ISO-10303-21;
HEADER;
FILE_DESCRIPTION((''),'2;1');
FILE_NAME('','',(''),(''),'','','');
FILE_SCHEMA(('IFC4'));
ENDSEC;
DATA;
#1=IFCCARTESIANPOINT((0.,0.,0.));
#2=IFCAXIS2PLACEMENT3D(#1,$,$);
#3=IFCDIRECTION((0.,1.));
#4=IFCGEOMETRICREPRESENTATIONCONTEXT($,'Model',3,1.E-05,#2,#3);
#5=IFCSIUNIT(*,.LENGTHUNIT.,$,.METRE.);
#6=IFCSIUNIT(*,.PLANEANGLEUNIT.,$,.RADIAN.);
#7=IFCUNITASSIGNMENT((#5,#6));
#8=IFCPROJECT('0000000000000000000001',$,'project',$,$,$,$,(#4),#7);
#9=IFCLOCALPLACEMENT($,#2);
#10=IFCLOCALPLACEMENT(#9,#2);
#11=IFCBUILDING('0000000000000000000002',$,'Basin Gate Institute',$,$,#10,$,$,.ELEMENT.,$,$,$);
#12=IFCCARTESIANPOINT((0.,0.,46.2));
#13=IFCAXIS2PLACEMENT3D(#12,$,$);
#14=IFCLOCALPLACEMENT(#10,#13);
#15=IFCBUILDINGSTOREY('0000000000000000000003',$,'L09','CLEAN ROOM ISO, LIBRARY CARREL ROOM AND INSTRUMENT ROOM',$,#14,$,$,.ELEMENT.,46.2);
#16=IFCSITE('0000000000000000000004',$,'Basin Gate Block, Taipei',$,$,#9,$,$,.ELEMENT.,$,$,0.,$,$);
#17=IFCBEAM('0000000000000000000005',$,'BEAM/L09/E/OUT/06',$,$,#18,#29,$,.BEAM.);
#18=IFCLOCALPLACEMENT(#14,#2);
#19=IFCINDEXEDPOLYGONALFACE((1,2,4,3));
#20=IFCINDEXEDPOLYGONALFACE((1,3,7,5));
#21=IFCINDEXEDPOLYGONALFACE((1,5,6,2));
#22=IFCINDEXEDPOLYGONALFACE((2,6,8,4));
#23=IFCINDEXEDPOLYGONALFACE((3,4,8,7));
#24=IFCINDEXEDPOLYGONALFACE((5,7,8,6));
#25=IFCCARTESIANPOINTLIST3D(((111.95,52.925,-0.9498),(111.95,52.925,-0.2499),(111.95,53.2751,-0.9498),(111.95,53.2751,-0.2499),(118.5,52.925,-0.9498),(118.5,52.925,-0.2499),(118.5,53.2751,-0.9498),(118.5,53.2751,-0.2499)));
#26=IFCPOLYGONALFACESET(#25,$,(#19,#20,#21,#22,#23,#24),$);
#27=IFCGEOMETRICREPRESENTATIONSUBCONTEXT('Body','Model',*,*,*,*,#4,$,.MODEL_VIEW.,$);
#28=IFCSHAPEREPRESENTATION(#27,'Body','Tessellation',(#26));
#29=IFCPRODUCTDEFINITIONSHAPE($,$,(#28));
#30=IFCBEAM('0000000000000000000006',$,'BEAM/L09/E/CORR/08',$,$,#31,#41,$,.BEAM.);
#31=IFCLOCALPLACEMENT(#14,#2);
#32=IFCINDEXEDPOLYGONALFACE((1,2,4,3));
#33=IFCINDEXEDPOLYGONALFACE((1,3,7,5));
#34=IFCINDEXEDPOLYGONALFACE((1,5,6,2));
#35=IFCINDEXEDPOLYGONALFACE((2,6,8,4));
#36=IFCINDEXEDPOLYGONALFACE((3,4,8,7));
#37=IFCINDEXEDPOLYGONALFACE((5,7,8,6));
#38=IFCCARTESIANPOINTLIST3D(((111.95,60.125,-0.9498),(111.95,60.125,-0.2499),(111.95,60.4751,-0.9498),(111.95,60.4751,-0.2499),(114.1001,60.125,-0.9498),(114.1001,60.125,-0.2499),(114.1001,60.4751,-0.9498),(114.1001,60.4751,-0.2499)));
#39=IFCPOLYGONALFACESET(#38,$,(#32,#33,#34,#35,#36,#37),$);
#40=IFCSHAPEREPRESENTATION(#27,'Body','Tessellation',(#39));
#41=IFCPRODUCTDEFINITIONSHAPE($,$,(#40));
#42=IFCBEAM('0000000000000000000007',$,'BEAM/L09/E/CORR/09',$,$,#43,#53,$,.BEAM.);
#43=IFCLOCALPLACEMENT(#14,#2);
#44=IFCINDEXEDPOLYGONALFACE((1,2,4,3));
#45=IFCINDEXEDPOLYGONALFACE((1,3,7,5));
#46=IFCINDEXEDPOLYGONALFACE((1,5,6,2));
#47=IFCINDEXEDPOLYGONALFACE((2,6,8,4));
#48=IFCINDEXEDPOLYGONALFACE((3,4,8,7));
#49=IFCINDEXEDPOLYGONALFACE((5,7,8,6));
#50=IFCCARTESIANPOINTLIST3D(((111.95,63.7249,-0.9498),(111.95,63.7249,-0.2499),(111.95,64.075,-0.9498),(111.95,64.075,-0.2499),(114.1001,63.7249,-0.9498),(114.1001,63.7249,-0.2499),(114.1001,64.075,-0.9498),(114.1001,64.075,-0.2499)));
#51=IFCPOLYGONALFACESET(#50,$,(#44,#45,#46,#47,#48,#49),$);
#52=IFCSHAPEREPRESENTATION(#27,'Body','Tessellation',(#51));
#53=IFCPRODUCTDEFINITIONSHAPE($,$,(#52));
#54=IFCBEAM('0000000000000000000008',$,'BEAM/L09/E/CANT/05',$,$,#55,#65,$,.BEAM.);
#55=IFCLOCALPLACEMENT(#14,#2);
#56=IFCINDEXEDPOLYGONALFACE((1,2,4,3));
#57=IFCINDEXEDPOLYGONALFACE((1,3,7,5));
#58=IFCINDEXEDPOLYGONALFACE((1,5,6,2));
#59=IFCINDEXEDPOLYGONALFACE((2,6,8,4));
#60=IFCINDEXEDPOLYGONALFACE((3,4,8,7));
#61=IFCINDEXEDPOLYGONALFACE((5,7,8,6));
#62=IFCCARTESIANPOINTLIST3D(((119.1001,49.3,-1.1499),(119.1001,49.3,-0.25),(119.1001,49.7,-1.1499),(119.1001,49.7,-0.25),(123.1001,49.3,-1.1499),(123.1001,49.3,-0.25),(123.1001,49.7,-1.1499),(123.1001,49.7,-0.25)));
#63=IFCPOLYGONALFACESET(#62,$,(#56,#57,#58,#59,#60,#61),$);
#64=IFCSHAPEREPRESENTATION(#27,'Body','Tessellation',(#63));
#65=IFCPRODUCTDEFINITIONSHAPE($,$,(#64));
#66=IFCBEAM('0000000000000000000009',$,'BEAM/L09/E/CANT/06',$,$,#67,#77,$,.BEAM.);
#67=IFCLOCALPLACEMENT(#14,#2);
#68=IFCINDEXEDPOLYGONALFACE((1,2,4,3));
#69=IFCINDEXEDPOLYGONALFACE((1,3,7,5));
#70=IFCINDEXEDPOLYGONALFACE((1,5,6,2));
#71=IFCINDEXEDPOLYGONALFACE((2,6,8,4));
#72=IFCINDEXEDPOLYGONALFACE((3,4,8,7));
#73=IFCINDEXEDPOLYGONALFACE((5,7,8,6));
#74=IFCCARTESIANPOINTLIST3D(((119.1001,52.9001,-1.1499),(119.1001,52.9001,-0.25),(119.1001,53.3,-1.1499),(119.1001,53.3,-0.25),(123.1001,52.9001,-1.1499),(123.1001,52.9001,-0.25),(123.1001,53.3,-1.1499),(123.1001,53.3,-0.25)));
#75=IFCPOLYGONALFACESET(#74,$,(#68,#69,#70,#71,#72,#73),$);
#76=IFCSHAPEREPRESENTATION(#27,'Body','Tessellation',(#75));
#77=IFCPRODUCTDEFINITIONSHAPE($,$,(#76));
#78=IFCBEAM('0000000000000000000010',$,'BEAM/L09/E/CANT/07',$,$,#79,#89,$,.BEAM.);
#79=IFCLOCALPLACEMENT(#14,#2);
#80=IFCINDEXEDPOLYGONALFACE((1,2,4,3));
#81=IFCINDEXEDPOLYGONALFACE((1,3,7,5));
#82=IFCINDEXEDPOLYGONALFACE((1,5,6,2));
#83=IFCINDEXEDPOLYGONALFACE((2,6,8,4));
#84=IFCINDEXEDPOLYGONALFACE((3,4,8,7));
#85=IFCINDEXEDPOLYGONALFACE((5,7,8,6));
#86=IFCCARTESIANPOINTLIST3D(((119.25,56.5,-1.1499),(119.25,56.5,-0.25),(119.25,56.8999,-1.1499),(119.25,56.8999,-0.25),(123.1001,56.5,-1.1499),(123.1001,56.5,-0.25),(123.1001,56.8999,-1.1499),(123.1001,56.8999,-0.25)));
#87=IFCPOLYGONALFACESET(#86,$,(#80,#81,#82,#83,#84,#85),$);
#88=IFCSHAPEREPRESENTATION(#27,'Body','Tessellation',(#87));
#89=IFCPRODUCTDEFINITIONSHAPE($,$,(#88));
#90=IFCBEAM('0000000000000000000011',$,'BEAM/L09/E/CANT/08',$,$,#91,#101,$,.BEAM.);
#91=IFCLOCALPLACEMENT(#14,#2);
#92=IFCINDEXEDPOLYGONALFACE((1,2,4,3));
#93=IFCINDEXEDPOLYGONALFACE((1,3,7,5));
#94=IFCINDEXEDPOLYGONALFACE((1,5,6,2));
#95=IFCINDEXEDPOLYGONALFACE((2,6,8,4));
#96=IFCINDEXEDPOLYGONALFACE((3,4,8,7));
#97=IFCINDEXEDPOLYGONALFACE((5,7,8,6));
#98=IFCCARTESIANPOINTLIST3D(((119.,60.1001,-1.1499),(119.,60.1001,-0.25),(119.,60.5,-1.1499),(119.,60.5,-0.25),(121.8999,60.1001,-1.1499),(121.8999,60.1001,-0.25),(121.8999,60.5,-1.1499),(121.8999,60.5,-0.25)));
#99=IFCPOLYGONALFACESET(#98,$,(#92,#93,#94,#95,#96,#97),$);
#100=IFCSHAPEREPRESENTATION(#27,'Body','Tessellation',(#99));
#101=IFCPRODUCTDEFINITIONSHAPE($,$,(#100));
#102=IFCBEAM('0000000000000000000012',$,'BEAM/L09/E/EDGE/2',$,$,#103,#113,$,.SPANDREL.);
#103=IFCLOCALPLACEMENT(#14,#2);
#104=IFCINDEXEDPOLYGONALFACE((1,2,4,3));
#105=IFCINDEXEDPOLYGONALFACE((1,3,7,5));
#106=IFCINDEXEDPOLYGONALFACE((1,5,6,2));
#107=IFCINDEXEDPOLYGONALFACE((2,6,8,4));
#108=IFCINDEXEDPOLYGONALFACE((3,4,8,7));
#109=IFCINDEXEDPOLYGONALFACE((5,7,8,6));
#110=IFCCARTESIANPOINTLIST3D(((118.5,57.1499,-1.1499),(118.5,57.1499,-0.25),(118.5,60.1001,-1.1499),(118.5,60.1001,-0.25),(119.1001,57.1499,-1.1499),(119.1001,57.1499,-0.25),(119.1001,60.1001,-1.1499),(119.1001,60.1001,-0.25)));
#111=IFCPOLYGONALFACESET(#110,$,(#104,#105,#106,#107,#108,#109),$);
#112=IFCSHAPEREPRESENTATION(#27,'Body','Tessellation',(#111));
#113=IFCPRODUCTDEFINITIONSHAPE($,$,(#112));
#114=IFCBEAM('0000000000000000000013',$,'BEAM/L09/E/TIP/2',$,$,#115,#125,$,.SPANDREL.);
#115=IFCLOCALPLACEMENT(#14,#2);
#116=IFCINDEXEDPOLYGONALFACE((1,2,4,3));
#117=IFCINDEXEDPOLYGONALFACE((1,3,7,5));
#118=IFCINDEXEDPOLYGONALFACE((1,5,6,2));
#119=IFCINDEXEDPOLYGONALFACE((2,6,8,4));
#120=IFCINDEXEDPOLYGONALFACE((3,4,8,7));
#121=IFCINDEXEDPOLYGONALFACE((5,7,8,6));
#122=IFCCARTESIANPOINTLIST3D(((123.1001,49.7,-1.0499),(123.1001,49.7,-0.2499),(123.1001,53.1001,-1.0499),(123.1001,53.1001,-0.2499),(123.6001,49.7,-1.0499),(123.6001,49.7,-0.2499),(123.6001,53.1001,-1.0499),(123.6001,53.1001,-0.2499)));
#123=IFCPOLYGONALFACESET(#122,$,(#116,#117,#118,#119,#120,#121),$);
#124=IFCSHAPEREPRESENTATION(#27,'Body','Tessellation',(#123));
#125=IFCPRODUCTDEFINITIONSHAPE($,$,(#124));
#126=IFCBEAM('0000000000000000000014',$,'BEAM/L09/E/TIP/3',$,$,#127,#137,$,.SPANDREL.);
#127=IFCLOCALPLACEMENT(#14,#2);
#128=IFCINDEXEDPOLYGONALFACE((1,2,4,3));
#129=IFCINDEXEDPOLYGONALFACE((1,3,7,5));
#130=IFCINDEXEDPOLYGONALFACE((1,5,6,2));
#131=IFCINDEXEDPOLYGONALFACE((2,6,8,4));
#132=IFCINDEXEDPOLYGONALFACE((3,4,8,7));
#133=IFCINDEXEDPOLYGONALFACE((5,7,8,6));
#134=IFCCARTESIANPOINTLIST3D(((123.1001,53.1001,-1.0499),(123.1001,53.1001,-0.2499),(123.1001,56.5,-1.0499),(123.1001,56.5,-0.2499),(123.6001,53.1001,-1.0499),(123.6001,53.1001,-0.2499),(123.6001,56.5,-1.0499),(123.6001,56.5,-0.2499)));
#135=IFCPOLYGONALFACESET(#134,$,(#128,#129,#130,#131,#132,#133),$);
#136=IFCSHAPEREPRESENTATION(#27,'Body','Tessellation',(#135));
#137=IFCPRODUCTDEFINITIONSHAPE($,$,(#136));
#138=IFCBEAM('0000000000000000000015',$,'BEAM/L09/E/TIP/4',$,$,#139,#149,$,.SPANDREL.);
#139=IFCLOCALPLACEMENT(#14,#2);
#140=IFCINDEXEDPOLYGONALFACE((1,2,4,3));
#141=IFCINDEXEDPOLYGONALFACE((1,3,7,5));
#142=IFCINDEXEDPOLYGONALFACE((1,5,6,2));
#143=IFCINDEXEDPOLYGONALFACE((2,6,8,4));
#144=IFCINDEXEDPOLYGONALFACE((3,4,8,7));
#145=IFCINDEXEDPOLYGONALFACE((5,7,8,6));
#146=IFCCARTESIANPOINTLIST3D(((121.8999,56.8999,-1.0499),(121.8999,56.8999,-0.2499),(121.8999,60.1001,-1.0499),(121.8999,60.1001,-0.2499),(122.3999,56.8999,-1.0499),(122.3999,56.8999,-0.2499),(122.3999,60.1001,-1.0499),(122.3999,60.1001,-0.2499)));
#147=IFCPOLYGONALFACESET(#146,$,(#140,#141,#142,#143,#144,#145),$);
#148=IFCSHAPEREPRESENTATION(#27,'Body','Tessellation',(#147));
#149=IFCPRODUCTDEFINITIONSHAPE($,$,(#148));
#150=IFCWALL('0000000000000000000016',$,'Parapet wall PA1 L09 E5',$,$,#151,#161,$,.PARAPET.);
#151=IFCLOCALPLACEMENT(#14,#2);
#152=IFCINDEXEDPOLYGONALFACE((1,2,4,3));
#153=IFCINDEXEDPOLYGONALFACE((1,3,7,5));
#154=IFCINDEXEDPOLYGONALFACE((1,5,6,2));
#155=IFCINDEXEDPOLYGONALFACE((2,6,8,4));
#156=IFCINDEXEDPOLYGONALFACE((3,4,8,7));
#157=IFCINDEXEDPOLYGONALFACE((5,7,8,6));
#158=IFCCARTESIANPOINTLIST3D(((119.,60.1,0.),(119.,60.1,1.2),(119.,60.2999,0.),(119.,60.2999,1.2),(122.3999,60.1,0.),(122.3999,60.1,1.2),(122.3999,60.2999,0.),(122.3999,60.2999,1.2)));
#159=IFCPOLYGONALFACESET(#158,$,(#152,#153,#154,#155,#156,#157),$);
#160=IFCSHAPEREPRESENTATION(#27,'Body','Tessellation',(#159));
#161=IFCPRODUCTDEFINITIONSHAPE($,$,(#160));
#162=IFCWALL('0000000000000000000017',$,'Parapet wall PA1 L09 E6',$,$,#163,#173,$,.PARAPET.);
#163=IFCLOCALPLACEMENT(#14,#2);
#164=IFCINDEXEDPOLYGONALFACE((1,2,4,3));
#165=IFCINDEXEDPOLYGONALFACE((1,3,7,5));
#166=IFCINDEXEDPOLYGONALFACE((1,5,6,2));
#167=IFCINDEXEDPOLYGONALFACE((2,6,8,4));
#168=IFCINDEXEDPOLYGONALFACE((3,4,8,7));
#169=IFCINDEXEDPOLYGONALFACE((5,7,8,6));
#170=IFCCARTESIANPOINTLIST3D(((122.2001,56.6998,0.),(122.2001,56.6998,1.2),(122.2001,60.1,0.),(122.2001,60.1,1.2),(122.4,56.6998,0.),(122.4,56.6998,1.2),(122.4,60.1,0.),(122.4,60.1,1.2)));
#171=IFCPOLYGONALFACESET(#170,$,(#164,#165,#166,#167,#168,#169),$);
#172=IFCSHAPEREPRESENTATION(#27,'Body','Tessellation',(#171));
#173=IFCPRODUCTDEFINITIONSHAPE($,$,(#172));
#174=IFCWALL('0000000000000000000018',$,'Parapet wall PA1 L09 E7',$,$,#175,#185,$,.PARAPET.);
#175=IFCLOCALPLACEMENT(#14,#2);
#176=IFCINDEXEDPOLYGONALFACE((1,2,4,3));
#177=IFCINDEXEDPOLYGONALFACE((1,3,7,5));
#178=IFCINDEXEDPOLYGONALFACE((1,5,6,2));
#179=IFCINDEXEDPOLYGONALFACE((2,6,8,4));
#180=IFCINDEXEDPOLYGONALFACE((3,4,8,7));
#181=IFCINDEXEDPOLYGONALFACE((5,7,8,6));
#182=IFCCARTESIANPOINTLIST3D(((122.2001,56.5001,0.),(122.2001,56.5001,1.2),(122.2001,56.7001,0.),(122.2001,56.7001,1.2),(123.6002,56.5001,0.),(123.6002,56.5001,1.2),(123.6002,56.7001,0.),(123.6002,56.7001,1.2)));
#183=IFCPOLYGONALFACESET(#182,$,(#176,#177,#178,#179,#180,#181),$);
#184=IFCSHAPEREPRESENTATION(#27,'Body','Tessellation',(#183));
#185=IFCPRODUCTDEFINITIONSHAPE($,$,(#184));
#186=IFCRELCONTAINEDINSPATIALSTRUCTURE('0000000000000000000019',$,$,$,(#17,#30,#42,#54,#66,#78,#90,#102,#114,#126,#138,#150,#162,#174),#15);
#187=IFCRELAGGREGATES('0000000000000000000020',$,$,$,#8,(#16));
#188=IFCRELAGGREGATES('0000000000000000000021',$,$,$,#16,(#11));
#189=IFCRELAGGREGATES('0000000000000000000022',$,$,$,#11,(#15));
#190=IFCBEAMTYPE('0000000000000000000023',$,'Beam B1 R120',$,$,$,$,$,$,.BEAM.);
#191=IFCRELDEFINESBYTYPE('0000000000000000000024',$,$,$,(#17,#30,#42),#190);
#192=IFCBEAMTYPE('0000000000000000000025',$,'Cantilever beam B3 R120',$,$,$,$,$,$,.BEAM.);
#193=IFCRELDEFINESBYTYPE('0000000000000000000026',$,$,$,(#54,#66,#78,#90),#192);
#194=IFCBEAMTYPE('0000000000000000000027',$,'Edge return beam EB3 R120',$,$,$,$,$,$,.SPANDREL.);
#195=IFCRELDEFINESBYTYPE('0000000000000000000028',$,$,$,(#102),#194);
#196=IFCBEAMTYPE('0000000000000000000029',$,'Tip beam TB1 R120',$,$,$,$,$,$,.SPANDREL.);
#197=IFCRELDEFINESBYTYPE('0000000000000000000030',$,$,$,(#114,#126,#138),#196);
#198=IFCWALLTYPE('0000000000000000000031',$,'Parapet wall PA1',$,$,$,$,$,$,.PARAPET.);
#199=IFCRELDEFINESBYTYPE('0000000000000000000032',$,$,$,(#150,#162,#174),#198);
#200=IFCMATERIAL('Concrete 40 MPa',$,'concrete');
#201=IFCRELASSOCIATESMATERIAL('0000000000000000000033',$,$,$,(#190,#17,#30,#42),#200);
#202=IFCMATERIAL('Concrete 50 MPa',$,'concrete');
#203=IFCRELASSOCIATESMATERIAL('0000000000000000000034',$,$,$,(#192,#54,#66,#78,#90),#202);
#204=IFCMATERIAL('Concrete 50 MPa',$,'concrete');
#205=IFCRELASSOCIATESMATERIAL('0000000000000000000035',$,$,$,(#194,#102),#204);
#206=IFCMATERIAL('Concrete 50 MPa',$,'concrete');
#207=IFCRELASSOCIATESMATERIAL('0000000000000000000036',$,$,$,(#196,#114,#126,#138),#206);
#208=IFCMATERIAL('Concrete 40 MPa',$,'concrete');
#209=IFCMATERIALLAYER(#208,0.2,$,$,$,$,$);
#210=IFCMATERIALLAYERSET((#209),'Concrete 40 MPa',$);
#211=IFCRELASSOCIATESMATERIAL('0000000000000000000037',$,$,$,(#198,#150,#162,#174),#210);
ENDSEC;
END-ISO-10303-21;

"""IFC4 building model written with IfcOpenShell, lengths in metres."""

from ifc_helpers import new_model, si_unit, direction, frame, frame_2d, origin, origin_2d, place, context, subcontext, project, spatial, rectangle, extrude, material, layer, layer_set, material_profile, profile_set, type_object, element, save


model = new_model("IFC4")

# Units and contexts
model_context = context("Model", 3, precision=1e-05, world=origin(), true_north=direction((0.0, 1.0)))
body_context = subcontext(model_context, "Body", "Model", "MODEL_VIEW")
ifc_project = project(units=[si_unit("LENGTHUNIT", "METRE"), si_unit("PLANEANGLEUNIT", "RADIAN")], contexts=[model_context])

# Site, building, storey
site_placement = place(None, origin())
site = spatial("IfcSite", under=ifc_project, at=site_placement, Name="Basin Gate Block, Taipei", CompositionType="ELEMENT", RefElevation=0.0)
building_placement = place(site_placement, origin())
building = spatial("IfcBuilding", under=site, at=building_placement, Name="Basin Gate Institute", CompositionType="ELEMENT")
storey_placement = place(building_placement, frame((0.0, 0.0, 46.2)))
storey = spatial("IfcBuildingStorey", under=building, at=storey_placement, Name="L09", Description="CLEAN ROOM ISO, LIBRARY CARREL ROOM AND INSTRUMENT ROOM", CompositionType="ELEMENT", Elevation=46.2)

# Beams
ifc_material_1 = material(Name="Concrete 40 MPa", Category="concrete")
ifc_material_profile_1 = material_profile(ifc_material_1, rectangle(XDim=0.3501, YDim=0.7, at=origin_2d()), Name="Beam B1 350 x 700")
ifc_profile_set_1 = profile_set([ifc_material_profile_1], Name="Concrete 40 MPa")
beam_type_1 = type_object("IfcBeamType", Name="Beam B1 R120", PredefinedType="BEAM", material=ifc_profile_set_1)
beam_1_placement = place(storey_placement, frame((118.5, 53.1001, -0.5999), z_axis=(-1.0, 0.0, 0.0), x_axis=(0.0, -1.0, 0.0)))
element("IfcBeam", 1, at=beam_1_placement, inside=storey, type_object=beam_type_1, material=ifc_profile_set_1, Name="BEAM/L09/E/OUT/06", PredefinedType="BEAM", context=body_context, shape_type="SweptSolid", body=[
    extrude(rectangle(XDim=0.3501, YDim=0.7, at=origin_2d()), origin(), (0.0, 0.0, 1.0), 6.55),
])
for number, where, z_axis, x_axis, name in (
    (2, (114.1001, 60.3, -0.5999), (-1.0, 0.0, 0.0), (0.0, -1.0, 0.0), "BEAM/L09/E/CORR/08"),
    (3, (114.1001, 63.8999, -0.5999), (-1.0, 0.0, 0.0), (0.0, -1.0, 0.0), "BEAM/L09/E/CORR/09"),
):
    element("IfcBeam", number, at=place(storey_placement, frame(where, z_axis=z_axis, x_axis=x_axis)), inside=storey, type_object=beam_type_1, material=ifc_profile_set_1, Name=name, PredefinedType="BEAM", context=body_context, shape_type="SweptSolid", body=[
        extrude(rectangle(XDim=0.3501, YDim=0.7, at=origin_2d()), origin(), (0.0, 0.0, 1.0), 2.1501),
    ])
ifc_material_2 = material(Name="Concrete 50 MPa", Category="concrete")
ifc_material_profile_2 = material_profile(ifc_material_2, rectangle(XDim=0.3999, YDim=0.8999, at=origin_2d()), Name="Cantilever beam B3 400 x 900")
ifc_profile_set_2 = profile_set([ifc_material_profile_2], Name="Concrete 50 MPa")
beam_type_2 = type_object("IfcBeamType", Name="Cantilever beam B3 R120", PredefinedType="BEAM", material=ifc_profile_set_2)
for number, where, z_axis, x_axis, name in (
    (4, (123.1001, 49.5, -0.7), (-1.0, 0.0, 0.0), (0.0, -1.0, 0.0), "BEAM/L09/E/CANT/05"),
    (5, (123.1001, 53.1001, -0.7), (-1.0, 0.0, 0.0), (0.0, -1.0, 0.0), "BEAM/L09/E/CANT/06"),
):
    element("IfcBeam", number, at=place(storey_placement, frame(where, z_axis=z_axis, x_axis=x_axis)), inside=storey, type_object=beam_type_2, material=ifc_profile_set_2, Name=name, PredefinedType="BEAM", context=body_context, shape_type="SweptSolid", body=[
        extrude(rectangle(XDim=0.3999, YDim=0.8999, at=origin_2d()), origin(), (0.0, 0.0, 1.0), 4.0),
    ])
beam_2_placement = place(storey_placement, frame((123.1001, 56.7, -0.7), z_axis=(-1.0, 0.0, 0.0), x_axis=(0.0, -1.0, 0.0)))
element("IfcBeam", 6, at=beam_2_placement, inside=storey, type_object=beam_type_2, material=ifc_profile_set_2, Name="BEAM/L09/E/CANT/07", PredefinedType="BEAM", context=body_context, shape_type="SweptSolid", body=[
    extrude(rectangle(XDim=0.3999, YDim=0.8999, at=origin_2d()), origin(), (0.0, 0.0, 1.0), 3.8501),
])
beam_3_placement = place(storey_placement, frame((121.8999, 60.3, -0.7), z_axis=(-1.0, 0.0, 0.0), x_axis=(0.0, -1.0, 0.0)))
element("IfcBeam", 7, at=beam_3_placement, inside=storey, type_object=beam_type_2, material=ifc_profile_set_2, Name="BEAM/L09/E/CANT/08", PredefinedType="BEAM", context=body_context, shape_type="SweptSolid", body=[
    extrude(rectangle(XDim=0.3999, YDim=0.8999, at=origin_2d()), origin(), (0.0, 0.0, 1.0), 2.8999),
])
ifc_material_3 = material(Name="Concrete 50 MPa", Category="concrete")
ifc_material_profile_3 = material_profile(ifc_material_3, rectangle(XDim=0.6001, YDim=0.8999, at=origin_2d()), Name="Edge return beam EB3 600 x 900")
ifc_profile_set_3 = profile_set([ifc_material_profile_3], Name="Concrete 50 MPa")
beam_type_3 = type_object("IfcBeamType", Name="Edge return beam EB3 R120", PredefinedType="SPANDREL", material=ifc_profile_set_3)
beam_4_placement = place(storey_placement, frame((118.8, 57.1499, -0.7), z_axis=(0.0, 1.0, 0.0), x_axis=(-1.0, 0.0, 0.0)))
element("IfcBeam", 8, at=beam_4_placement, inside=storey, type_object=beam_type_3, material=ifc_profile_set_3, Name="BEAM/L09/E/EDGE/2", PredefinedType="SPANDREL", context=body_context, shape_type="SweptSolid", body=[
    extrude(rectangle(XDim=0.6001, YDim=0.8999, at=origin_2d()), origin(), (0.0, 0.0, 1.0), 2.9502),
])
ifc_material_4 = material(Name="Concrete 50 MPa", Category="concrete")
ifc_material_profile_4 = material_profile(ifc_material_4, rectangle(XDim=0.5, YDim=0.8, at=origin_2d()), Name="Tip beam TB1 500 x 800")
ifc_profile_set_4 = profile_set([ifc_material_profile_4], Name="Concrete 50 MPa")
beam_type_4 = type_object("IfcBeamType", Name="Tip beam TB1 R120", PredefinedType="SPANDREL", material=ifc_profile_set_4)
beam_5_placement = place(storey_placement, frame((123.3501, 49.7, -0.6499), z_axis=(0.0, 1.0, 0.0), x_axis=(-1.0, 0.0, 0.0)))
element("IfcBeam", 9, at=beam_5_placement, inside=storey, type_object=beam_type_4, material=ifc_profile_set_4, Name="BEAM/L09/E/TIP/2", PredefinedType="SPANDREL", context=body_context, shape_type="SweptSolid", body=[
    extrude(rectangle(XDim=0.5, YDim=0.8, at=origin_2d()), origin(), (0.0, 0.0, 1.0), 3.4001),
])
beam_6_placement = place(storey_placement, frame((123.3501, 53.1001, -0.6499), z_axis=(0.0, 1.0, 0.0), x_axis=(-1.0, 0.0, 0.0)))
element("IfcBeam", 10, at=beam_6_placement, inside=storey, type_object=beam_type_4, material=ifc_profile_set_4, Name="BEAM/L09/E/TIP/3", PredefinedType="SPANDREL", context=body_context, shape_type="SweptSolid", body=[
    extrude(rectangle(XDim=0.5, YDim=0.8, at=origin_2d()), origin(), (0.0, 0.0, 1.0), 3.3999),
])
beam_7_placement = place(storey_placement, frame((122.1499, 56.8999, -0.6499), z_axis=(0.0, 1.0, 0.0), x_axis=(-1.0, 0.0, 0.0)))
element("IfcBeam", 11, at=beam_7_placement, inside=storey, type_object=beam_type_4, material=ifc_profile_set_4, Name="BEAM/L09/E/TIP/4", PredefinedType="SPANDREL", context=body_context, shape_type="SweptSolid", body=[
    extrude(rectangle(XDim=0.5, YDim=0.8, at=origin_2d()), origin(), (0.0, 0.0, 1.0), 3.2002),
])

# Walls
ifc_material_5 = material(Name="Concrete 40 MPa", Category="concrete")
ifc_layer_1 = layer(ifc_material_5, 0.2)
ifc_layer_set_1 = layer_set([ifc_layer_1], Name="Concrete 40 MPa")
wall_type_1 = type_object("IfcWallType", Name="Parapet wall PA1", PredefinedType="PARAPET", material=ifc_layer_set_1)
wall_1_placement = place(storey_placement, frame((119.0, 60.2, 0.0), z_axis=(0.0, 0.0, 1.0), x_axis=(1.0, 0.0, 0.0)))
element("IfcWall", 12, at=wall_1_placement, inside=storey, type_object=wall_type_1, material=ifc_layer_set_1, Name="Parapet wall PA1 L09 E5", PredefinedType="PARAPET", context=body_context, shape_type="SweptSolid", body=[
    extrude(rectangle(XDim=3.3999, YDim=0.2, at=frame_2d((1.7, 0.0))), origin(), (0.0, 0.0, 1.0), 1.2),
])
wall_2_placement = place(storey_placement, frame((122.3, 60.1001, 0.0), z_axis=(0.0, 0.0, 1.0), x_axis=(0.0, -1.0, 0.0)))
element("IfcWall", 13, at=wall_2_placement, inside=storey, type_object=wall_type_1, material=ifc_layer_set_1, Name="Parapet wall PA1 L09 E6", PredefinedType="PARAPET", context=body_context, shape_type="SweptSolid", body=[
    extrude(rectangle(XDim=3.4001, YDim=0.2, at=frame_2d((1.7002, 0.0))), origin(), (0.0, 0.0, 1.0), 1.2),
])
wall_3_placement = place(storey_placement, frame((122.2, 56.6001, 0.0), z_axis=(0.0, 0.0, 1.0), x_axis=(1.0, 0.0, 0.0)))
element("IfcWall", 14, at=wall_3_placement, inside=storey, type_object=wall_type_1, material=ifc_layer_set_1, Name="Parapet wall PA1 L09 E7", PredefinedType="PARAPET", context=body_context, shape_type="SweptSolid", body=[
    extrude(rectangle(XDim=1.4001, YDim=0.2, at=frame_2d((0.7002, 0.0))), origin(), (0.0, 0.0, 1.0), 1.2),
])

save(model, "model.ifc")
